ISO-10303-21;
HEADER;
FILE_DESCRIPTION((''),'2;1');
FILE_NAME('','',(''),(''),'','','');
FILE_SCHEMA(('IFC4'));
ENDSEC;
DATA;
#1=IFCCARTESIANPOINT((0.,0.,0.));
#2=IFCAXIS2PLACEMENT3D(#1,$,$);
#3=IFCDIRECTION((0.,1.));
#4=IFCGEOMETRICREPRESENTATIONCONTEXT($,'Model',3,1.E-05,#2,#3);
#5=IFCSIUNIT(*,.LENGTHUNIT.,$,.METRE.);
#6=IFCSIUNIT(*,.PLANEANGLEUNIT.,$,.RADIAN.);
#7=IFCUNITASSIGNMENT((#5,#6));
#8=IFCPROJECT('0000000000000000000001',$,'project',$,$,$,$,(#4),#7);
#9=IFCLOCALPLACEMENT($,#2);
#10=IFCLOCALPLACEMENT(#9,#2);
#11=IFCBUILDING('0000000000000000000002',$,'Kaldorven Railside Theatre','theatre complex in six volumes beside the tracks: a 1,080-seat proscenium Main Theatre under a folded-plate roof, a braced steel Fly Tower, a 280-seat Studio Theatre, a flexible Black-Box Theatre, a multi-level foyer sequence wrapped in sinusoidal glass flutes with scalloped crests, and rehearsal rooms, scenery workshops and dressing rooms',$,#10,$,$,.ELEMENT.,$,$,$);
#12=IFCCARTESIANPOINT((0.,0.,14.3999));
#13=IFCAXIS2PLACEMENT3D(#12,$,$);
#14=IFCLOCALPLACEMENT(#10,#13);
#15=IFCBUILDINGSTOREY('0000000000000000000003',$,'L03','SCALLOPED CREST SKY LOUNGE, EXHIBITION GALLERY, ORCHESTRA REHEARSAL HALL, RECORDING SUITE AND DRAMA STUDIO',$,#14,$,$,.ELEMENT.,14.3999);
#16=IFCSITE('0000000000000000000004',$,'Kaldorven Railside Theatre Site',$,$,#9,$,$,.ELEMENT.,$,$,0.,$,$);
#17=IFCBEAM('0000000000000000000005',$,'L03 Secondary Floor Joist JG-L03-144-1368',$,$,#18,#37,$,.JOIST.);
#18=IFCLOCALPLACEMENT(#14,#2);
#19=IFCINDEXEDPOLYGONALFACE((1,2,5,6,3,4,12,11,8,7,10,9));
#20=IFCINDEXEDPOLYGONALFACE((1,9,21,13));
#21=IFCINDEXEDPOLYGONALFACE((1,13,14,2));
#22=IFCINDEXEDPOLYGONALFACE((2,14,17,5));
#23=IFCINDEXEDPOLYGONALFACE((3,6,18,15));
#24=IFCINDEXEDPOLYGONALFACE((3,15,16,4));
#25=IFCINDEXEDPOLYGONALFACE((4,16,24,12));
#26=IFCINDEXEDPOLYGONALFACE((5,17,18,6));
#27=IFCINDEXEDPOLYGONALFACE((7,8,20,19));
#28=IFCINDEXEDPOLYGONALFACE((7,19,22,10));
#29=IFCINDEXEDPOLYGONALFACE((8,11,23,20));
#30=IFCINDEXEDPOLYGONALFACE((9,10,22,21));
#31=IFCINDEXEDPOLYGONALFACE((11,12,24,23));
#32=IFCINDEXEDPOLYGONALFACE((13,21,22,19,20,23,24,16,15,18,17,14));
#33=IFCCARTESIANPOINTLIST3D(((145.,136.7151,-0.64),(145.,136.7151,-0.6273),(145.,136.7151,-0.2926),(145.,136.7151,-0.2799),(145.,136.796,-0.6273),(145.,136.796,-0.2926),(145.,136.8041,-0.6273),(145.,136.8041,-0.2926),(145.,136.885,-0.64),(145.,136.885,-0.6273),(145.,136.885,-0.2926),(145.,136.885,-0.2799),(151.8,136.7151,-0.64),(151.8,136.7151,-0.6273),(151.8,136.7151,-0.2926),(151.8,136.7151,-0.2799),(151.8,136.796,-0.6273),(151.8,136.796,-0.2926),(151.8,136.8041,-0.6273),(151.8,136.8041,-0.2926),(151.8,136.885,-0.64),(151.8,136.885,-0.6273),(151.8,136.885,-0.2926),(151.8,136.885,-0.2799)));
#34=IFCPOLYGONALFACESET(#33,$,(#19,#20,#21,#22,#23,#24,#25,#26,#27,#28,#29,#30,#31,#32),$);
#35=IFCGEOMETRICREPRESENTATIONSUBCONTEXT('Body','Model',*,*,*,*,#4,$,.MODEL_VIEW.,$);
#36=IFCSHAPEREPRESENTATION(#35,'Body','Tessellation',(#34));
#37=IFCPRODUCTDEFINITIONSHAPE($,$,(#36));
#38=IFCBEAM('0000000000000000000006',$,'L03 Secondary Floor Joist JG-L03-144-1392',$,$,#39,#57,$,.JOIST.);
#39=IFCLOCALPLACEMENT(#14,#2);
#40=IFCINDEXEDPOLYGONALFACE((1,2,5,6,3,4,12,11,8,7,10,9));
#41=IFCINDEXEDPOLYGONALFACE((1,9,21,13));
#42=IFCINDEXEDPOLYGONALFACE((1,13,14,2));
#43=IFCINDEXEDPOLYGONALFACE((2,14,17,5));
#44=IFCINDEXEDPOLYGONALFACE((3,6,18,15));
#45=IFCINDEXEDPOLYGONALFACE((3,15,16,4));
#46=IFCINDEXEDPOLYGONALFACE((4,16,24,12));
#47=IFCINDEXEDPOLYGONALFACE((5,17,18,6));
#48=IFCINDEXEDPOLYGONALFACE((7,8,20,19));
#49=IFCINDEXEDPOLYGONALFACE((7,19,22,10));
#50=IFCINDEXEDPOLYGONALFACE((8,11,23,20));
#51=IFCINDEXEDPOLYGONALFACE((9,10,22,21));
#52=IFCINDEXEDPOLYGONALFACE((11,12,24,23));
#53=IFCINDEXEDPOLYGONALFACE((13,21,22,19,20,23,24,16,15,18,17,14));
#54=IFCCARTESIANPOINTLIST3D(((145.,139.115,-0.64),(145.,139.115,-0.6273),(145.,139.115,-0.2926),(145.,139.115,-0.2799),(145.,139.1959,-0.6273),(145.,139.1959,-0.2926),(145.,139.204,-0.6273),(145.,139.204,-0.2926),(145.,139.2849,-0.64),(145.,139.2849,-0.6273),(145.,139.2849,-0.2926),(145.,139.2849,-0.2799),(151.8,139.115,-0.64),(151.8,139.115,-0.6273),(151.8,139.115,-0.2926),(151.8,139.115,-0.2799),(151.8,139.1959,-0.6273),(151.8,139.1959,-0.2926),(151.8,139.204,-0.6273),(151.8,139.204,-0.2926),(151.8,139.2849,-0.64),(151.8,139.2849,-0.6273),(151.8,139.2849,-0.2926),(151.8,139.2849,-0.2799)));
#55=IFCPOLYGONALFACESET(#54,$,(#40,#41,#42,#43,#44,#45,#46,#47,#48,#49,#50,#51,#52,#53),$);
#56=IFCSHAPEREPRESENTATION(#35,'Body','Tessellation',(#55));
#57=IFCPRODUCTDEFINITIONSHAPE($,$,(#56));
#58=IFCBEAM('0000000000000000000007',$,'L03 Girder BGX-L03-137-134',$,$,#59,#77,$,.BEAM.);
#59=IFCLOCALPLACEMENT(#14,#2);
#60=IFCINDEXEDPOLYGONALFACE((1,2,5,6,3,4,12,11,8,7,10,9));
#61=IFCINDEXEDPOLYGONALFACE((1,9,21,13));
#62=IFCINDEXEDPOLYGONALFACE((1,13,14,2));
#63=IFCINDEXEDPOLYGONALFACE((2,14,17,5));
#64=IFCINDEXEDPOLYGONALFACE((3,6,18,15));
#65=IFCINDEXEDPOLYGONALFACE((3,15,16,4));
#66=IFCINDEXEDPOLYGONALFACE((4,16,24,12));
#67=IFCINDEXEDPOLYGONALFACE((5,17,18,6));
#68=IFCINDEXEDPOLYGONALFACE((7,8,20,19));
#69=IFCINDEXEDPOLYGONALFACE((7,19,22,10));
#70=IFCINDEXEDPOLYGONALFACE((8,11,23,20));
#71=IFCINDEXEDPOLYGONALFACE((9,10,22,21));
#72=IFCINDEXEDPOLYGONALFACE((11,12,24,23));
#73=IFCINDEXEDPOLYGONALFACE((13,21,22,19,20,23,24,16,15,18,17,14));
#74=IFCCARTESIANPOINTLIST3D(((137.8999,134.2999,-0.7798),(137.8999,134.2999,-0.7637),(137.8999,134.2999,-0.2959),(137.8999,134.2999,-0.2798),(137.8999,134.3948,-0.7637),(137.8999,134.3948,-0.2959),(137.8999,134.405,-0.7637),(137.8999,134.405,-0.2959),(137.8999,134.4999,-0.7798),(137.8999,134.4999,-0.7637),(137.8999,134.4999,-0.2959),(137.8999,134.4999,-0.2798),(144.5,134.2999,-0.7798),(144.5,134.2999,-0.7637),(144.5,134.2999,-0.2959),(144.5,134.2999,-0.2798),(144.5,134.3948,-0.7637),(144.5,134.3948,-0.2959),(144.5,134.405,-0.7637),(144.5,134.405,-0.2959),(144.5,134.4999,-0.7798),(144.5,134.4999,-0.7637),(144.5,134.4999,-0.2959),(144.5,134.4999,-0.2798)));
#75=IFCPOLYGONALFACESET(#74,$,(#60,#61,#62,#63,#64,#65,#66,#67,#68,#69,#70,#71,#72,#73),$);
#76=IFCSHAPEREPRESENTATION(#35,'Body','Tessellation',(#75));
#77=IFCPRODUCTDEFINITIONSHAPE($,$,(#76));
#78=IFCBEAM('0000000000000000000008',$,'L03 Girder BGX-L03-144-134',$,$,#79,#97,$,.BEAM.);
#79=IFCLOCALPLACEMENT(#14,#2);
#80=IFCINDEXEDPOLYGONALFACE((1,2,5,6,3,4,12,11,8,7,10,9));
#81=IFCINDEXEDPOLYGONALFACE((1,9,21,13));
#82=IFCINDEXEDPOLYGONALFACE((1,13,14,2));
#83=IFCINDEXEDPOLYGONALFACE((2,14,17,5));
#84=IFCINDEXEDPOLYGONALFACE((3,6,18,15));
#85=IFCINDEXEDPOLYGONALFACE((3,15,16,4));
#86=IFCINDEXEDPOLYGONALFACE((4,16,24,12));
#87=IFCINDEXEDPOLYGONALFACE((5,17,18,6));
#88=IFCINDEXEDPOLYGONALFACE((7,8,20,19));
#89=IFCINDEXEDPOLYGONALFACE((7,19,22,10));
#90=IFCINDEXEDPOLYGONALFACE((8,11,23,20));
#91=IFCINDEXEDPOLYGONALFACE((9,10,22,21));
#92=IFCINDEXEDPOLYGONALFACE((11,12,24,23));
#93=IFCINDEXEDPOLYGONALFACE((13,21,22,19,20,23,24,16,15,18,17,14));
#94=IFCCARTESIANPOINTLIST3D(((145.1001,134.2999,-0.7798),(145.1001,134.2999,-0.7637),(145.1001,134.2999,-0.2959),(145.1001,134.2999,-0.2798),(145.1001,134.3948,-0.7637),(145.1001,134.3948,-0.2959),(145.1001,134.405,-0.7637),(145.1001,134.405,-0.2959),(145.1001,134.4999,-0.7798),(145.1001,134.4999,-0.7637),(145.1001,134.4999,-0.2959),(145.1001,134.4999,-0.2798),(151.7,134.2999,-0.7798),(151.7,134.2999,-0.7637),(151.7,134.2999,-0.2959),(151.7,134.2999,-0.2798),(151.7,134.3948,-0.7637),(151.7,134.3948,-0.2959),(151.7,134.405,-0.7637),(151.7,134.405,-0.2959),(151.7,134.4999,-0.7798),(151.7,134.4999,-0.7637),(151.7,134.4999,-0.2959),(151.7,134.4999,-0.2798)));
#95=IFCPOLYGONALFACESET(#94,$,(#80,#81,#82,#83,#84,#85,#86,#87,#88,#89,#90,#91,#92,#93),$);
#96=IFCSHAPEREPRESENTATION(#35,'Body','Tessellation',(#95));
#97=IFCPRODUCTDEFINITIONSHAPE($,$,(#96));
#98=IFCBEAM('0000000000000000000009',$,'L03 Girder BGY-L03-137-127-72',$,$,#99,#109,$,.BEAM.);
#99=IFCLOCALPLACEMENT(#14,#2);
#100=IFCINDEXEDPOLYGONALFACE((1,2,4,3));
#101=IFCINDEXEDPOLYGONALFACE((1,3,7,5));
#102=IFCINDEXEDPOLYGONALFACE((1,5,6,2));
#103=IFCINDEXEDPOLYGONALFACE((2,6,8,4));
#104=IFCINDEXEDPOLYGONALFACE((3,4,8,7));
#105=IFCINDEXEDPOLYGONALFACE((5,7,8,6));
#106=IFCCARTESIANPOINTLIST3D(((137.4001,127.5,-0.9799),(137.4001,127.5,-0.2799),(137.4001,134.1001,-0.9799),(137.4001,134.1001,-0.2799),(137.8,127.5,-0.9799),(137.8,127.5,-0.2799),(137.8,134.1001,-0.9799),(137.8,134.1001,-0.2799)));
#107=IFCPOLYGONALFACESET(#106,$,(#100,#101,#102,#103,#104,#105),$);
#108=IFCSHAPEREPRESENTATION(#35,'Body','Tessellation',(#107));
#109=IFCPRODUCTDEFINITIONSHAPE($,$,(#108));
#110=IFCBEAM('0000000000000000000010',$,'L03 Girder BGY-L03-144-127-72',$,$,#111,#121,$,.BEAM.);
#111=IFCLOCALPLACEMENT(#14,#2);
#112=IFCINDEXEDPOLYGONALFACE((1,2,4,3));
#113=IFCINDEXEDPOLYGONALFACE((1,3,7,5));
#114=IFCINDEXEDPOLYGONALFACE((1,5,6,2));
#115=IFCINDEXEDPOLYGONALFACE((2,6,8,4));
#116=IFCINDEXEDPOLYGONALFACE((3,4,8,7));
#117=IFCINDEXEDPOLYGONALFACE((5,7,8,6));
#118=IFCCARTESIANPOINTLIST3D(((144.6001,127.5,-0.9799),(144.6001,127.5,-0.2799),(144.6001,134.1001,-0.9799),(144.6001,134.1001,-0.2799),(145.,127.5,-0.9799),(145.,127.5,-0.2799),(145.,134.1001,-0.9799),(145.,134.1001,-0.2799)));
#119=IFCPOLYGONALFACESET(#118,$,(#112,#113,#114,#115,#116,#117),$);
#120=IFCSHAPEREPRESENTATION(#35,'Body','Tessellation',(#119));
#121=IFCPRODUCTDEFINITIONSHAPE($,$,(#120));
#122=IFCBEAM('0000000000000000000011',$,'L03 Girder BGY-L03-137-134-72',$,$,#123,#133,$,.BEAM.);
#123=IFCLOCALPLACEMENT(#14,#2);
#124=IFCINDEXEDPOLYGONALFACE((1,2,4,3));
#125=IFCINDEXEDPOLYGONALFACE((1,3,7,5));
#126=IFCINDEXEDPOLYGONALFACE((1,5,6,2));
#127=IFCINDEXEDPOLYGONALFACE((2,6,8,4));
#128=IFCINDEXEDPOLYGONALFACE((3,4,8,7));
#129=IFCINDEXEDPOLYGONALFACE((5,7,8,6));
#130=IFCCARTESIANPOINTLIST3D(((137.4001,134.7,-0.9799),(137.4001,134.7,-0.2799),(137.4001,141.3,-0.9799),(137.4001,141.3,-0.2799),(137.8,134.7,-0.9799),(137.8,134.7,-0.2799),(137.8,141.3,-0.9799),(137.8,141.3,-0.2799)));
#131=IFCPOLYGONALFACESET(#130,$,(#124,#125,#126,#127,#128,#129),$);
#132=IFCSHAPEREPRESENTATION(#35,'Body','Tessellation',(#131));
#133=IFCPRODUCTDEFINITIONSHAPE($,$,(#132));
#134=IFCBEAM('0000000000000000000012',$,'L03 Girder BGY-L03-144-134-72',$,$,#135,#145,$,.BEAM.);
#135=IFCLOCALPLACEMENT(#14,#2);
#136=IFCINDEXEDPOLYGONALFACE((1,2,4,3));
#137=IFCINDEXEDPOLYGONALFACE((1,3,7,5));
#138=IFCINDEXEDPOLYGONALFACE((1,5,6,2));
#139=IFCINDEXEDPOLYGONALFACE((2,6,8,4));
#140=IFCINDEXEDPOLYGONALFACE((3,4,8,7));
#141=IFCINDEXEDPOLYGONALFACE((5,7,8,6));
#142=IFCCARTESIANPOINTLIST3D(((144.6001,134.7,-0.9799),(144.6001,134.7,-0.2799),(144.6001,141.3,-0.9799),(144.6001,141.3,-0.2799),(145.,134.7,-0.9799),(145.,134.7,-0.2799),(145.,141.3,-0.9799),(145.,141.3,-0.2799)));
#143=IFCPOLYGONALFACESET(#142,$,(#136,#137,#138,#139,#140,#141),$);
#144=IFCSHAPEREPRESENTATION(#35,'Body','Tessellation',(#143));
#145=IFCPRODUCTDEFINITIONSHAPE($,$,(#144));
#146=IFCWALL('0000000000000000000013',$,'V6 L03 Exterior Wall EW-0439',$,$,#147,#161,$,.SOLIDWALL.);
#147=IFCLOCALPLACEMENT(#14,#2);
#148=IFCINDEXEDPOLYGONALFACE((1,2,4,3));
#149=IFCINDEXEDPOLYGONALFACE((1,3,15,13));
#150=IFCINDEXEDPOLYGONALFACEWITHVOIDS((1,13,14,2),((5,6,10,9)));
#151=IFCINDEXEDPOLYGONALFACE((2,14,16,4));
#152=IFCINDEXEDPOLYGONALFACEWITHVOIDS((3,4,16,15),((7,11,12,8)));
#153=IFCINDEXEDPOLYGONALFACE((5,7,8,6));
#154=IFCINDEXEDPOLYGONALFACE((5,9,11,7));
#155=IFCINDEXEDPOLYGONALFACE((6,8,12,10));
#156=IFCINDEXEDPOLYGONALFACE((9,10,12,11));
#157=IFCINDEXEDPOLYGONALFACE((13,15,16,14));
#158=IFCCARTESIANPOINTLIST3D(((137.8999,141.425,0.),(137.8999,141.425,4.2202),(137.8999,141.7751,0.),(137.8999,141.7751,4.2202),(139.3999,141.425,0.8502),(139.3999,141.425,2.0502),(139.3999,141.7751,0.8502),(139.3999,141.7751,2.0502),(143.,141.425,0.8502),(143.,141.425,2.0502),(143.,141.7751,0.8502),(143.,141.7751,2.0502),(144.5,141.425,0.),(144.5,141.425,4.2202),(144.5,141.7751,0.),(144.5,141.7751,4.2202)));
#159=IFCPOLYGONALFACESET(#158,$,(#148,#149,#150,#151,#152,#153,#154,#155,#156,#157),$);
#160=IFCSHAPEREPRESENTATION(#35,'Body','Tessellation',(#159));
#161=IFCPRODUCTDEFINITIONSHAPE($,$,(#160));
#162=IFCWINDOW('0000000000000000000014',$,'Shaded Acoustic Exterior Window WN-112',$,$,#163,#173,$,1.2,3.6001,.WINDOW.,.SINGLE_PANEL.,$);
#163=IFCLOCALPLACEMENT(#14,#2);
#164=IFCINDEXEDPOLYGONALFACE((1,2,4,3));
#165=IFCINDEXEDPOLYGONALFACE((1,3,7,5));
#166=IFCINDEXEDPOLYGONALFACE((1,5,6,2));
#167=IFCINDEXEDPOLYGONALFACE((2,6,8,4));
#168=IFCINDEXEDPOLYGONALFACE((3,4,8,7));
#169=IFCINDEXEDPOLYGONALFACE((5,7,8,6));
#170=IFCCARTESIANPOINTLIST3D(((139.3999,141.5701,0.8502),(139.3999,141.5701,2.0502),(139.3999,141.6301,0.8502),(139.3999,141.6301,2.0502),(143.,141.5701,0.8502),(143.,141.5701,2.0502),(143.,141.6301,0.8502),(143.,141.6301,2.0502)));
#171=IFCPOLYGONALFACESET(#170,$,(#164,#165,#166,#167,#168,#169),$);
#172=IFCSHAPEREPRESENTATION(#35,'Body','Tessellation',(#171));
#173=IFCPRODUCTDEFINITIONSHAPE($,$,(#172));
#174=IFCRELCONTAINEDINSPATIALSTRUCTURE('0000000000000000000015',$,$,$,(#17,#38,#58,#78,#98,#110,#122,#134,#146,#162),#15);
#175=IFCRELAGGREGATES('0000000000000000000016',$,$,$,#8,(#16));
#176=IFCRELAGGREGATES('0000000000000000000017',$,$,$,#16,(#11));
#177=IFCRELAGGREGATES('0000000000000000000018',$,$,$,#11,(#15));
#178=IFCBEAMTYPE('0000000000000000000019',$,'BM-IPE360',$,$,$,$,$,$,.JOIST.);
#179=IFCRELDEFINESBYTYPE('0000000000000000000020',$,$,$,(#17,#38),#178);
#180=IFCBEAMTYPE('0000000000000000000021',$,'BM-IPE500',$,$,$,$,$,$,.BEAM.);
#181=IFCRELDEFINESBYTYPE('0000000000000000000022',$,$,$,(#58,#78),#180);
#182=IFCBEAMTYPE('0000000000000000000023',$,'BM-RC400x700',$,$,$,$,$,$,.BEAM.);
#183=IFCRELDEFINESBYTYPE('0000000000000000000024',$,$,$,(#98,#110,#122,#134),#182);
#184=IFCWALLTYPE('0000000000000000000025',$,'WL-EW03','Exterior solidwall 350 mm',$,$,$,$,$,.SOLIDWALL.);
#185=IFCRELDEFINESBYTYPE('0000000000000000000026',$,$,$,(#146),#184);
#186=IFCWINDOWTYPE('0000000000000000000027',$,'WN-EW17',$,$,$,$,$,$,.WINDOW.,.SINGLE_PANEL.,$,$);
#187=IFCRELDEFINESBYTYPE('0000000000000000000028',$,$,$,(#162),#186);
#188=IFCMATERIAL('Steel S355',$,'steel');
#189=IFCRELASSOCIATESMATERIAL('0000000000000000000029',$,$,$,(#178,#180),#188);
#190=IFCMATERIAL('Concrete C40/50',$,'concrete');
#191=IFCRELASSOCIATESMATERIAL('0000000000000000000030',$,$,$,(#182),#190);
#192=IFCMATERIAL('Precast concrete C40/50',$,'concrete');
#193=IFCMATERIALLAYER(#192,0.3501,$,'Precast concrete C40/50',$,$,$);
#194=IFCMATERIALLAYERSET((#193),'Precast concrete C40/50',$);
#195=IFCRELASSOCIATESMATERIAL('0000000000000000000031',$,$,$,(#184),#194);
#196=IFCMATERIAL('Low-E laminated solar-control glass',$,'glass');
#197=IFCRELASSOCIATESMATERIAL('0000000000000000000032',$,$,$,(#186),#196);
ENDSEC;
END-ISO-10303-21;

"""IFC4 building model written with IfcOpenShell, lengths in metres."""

from ifc_helpers import new_model, si_unit, direction, frame, frame_2d, origin, origin_2d, place, context, subcontext, project, spatial, rectangle, i_section, extrude, material, layer, layer_set, material_profile, profile_set, type_object, element, fill, save


model = new_model("IFC4")

# Units and contexts
model_context = context("Model", 3, precision=1e-05, world=origin(), true_north=direction((0.0, 1.0)))
body_context = subcontext(model_context, "Body", "Model", "MODEL_VIEW")
ifc_project = project(units=[si_unit("LENGTHUNIT", "METRE"), si_unit("PLANEANGLEUNIT", "RADIAN")], contexts=[model_context])

# Site, building, storey
site_placement = place(None, origin())
site = spatial("IfcSite", under=ifc_project, at=site_placement, Name="Kaldorven Railside Theatre Site", CompositionType="ELEMENT", RefElevation=0.0)
building_placement = place(site_placement, origin())
building = spatial("IfcBuilding", under=site, at=building_placement, Name="Kaldorven Railside Theatre", Description="theatre complex in six volumes beside the tracks: a 1,080-seat proscenium Main Theatre under a folded-plate roof, a braced steel Fly Tower, a 280-seat Studio Theatre, a flexible Black-Box Theatre, a multi-level foyer sequence wrapped in sinusoidal glass flutes with scalloped crests, and rehearsal rooms, scenery workshops and dressing rooms", CompositionType="ELEMENT")
storey_placement = place(building_placement, frame((0.0, 0.0, 14.3999)))
storey = spatial("IfcBuildingStorey", under=building, at=storey_placement, Name="L03", Description="SCALLOPED CREST SKY LOUNGE, EXHIBITION GALLERY, ORCHESTRA REHEARSAL HALL, RECORDING SUITE AND DRAMA STUDIO", CompositionType="ELEMENT", Elevation=14.3999)

# Shared definitions
ifc_material_1 = material(Name="Concrete C40/50", Category="concrete")

# Beams
ifc_material_2 = material(Name="Steel S355", Category="steel")
ifc_material_profile_1 = material_profile(ifc_material_2, i_section(OverallWidth=0.1699, OverallDepth=0.3601, WebThickness=0.0081, FlangeThickness=0.0127, at=origin_2d()), Name="IPE 360")
ifc_profile_set_1 = profile_set([ifc_material_profile_1], Name="Steel S355")
beam_type_1 = type_object("IfcBeamType", Name="BM-IPE360", PredefinedType="JOIST", material=ifc_profile_set_1)
for number, where, z_axis, x_axis, name in (
    (1, (145.0, 136.8, -0.46), (1.0, 0.0, 0.0), (0.0, 1.0, 0.0), "L03 Secondary Floor Joist JG-L03-144-1368"),
    (2, (145.0, 139.2, -0.46), (1.0, 0.0, 0.0), (0.0, 1.0, 0.0), "L03 Secondary Floor Joist JG-L03-144-1392"),
):
    element("IfcBeam", number, at=place(storey_placement, frame(where, z_axis=z_axis, x_axis=x_axis)), inside=storey, type_object=beam_type_1, Name=name, PredefinedType="JOIST", context=body_context, shape_type="SweptSolid", body=[
        extrude(i_section(OverallWidth=0.1699, OverallDepth=0.3601, WebThickness=0.0081, FlangeThickness=0.0127, at=origin_2d()), origin(), (0.0, 0.0, 1.0), 6.8),
    ])
ifc_material_profile_2 = material_profile(ifc_material_2, i_section(OverallWidth=0.2, OverallDepth=0.5, WebThickness=0.0103, FlangeThickness=0.0161, at=origin_2d()), Name="IPE 500")
ifc_profile_set_2 = profile_set([ifc_material_profile_2], Name="Steel S355")
beam_type_2 = type_object("IfcBeamType", Name="BM-IPE500", PredefinedType="BEAM", material=ifc_profile_set_2)
beam_1_placement = place(storey_placement, frame((137.8999, 134.3999, -0.5298), z_axis=(1.0, 0.0, 0.0), x_axis=(0.0, 1.0, 0.0)))
element("IfcBeam", 3, at=beam_1_placement, inside=storey, type_object=beam_type_2, Name="L03 Girder BGX-L03-137-134", PredefinedType="BEAM", context=body_context, shape_type="SweptSolid", body=[
    extrude(i_section(OverallWidth=0.2, OverallDepth=0.5, WebThickness=0.0103, FlangeThickness=0.0161, at=origin_2d()), origin(), (0.0, 0.0, 1.0), 6.6001),
])
beam_2_placement = place(storey_placement, frame((145.1001, 134.3999, -0.5298), z_axis=(1.0, 0.0, 0.0), x_axis=(0.0, 1.0, 0.0)))
element("IfcBeam", 4, at=beam_2_placement, inside=storey, type_object=beam_type_2, Name="L03 Girder BGX-L03-144-134", PredefinedType="BEAM", context=body_context, shape_type="SweptSolid", body=[
    extrude(i_section(OverallWidth=0.2, OverallDepth=0.5, WebThickness=0.0103, FlangeThickness=0.0161, at=origin_2d()), origin(), (0.0, 0.0, 1.0), 6.5999),
])
ifc_material_profile_3 = material_profile(ifc_material_1, rectangle(XDim=0.3999, YDim=0.7, at=origin_2d()), Name="RC 400x700")
ifc_profile_set_3 = profile_set([ifc_material_profile_3], Name="Concrete C40/50")
beam_type_3 = type_object("IfcBeamType", Name="BM-RC400x700", PredefinedType="BEAM", material=ifc_profile_set_3)
for number, where, z_axis, x_axis, name in (
    (5, (137.6001, 127.5, -0.6299), (0.0, 1.0, 0.0), (-1.0, 0.0, 0.0), "L03 Girder BGY-L03-137-127-72"),
    (6, (144.8, 127.5, -0.6299), (0.0, 1.0, 0.0), (-1.0, 0.0, 0.0), "L03 Girder BGY-L03-144-127-72"),
    (7, (137.6001, 134.7, -0.6299), (0.0, 1.0, 0.0), (-1.0, 0.0, 0.0), "L03 Girder BGY-L03-137-134-72"),
    (8, (144.8, 134.7, -0.6299), (0.0, 1.0, 0.0), (-1.0, 0.0, 0.0), "L03 Girder BGY-L03-144-134-72"),
):
    element("IfcBeam", number, at=place(storey_placement, frame(where, z_axis=z_axis, x_axis=x_axis)), inside=storey, type_object=beam_type_3, Name=name, PredefinedType="BEAM", context=body_context, shape_type="SweptSolid", body=[
        extrude(rectangle(XDim=0.3999, YDim=0.7, at=origin_2d()), origin(), (0.0, 0.0, 1.0), 6.6001),
    ])

# Wall, opening, window
ifc_material_3 = material(Name="Precast concrete C40/50", Category="concrete")
ifc_layer = layer(ifc_material_3, 0.3501, Name="Precast concrete C40/50")
ifc_layer_set = layer_set([ifc_layer], Name="Precast concrete C40/50")
wall_type = type_object("IfcWallType", Name="WL-EW03", Description="Exterior solidwall 350 mm", PredefinedType="SOLIDWALL", material=ifc_layer_set)
wall_placement = place(storey_placement, frame((137.8999, 141.6001, 0.0), z_axis=(0.0, 0.0, 1.0), x_axis=(1.0, 0.0, 0.0)))
wall = element("IfcWall", 9, at=wall_placement, inside=storey, type_object=wall_type, Name="V6 L03 Exterior Wall EW-0439", PredefinedType="SOLIDWALL", context=body_context, shape_type="SweptSolid", body=[
    extrude(rectangle(XDim=6.6001, YDim=0.3501, at=frame_2d((3.3, 0.0))), origin(), (0.0, 0.0, 1.0), 4.2202),
])
opening_placement = place(wall_placement, frame((1.5, 0.0, 0.8501)))
opening = element("IfcOpeningElement", 10, at=opening_placement, cuts=wall, PredefinedType="OPENING", context=body_context, shape_type="SweptSolid", body=[
    extrude(rectangle(XDim=3.6001, YDim=1.2, at=frame_2d((1.8, 0.6001))), frame((0.0, 0.1851, 0.0), z_axis=(0.0, -1.0, 0.0), x_axis=(1.0, 0.0, 0.0)), (0.0, 0.0, 1.0), 0.3701),
])
ifc_material_4 = material(Name="Low-E laminated solar-control glass", Category="glass")
window_type = type_object("IfcWindowType", Name="WN-EW17", PartitioningType="SINGLE_PANEL", PredefinedType="WINDOW", material=ifc_material_4)
window_placement = place(opening_placement, origin())
window = element("IfcWindow", 11, at=window_placement, inside=storey, type_object=window_type, Name="Shaded Acoustic Exterior Window WN-112", OverallHeight=1.2, OverallWidth=3.6001, PartitioningType="SINGLE_PANEL", PredefinedType="WINDOW", context=body_context, shape_type="SweptSolid", body=[
    extrude(rectangle(XDim=3.6001, YDim=1.2, at=frame_2d((1.8, 0.6001))), frame((0.0, 0.03, 0.0), z_axis=(0.0, -1.0, 0.0), x_axis=(1.0, 0.0, 0.0)), (0.0, 0.0, 1.0), 0.0601),
])
fill(opening, window)

save(model, "model.ifc")
